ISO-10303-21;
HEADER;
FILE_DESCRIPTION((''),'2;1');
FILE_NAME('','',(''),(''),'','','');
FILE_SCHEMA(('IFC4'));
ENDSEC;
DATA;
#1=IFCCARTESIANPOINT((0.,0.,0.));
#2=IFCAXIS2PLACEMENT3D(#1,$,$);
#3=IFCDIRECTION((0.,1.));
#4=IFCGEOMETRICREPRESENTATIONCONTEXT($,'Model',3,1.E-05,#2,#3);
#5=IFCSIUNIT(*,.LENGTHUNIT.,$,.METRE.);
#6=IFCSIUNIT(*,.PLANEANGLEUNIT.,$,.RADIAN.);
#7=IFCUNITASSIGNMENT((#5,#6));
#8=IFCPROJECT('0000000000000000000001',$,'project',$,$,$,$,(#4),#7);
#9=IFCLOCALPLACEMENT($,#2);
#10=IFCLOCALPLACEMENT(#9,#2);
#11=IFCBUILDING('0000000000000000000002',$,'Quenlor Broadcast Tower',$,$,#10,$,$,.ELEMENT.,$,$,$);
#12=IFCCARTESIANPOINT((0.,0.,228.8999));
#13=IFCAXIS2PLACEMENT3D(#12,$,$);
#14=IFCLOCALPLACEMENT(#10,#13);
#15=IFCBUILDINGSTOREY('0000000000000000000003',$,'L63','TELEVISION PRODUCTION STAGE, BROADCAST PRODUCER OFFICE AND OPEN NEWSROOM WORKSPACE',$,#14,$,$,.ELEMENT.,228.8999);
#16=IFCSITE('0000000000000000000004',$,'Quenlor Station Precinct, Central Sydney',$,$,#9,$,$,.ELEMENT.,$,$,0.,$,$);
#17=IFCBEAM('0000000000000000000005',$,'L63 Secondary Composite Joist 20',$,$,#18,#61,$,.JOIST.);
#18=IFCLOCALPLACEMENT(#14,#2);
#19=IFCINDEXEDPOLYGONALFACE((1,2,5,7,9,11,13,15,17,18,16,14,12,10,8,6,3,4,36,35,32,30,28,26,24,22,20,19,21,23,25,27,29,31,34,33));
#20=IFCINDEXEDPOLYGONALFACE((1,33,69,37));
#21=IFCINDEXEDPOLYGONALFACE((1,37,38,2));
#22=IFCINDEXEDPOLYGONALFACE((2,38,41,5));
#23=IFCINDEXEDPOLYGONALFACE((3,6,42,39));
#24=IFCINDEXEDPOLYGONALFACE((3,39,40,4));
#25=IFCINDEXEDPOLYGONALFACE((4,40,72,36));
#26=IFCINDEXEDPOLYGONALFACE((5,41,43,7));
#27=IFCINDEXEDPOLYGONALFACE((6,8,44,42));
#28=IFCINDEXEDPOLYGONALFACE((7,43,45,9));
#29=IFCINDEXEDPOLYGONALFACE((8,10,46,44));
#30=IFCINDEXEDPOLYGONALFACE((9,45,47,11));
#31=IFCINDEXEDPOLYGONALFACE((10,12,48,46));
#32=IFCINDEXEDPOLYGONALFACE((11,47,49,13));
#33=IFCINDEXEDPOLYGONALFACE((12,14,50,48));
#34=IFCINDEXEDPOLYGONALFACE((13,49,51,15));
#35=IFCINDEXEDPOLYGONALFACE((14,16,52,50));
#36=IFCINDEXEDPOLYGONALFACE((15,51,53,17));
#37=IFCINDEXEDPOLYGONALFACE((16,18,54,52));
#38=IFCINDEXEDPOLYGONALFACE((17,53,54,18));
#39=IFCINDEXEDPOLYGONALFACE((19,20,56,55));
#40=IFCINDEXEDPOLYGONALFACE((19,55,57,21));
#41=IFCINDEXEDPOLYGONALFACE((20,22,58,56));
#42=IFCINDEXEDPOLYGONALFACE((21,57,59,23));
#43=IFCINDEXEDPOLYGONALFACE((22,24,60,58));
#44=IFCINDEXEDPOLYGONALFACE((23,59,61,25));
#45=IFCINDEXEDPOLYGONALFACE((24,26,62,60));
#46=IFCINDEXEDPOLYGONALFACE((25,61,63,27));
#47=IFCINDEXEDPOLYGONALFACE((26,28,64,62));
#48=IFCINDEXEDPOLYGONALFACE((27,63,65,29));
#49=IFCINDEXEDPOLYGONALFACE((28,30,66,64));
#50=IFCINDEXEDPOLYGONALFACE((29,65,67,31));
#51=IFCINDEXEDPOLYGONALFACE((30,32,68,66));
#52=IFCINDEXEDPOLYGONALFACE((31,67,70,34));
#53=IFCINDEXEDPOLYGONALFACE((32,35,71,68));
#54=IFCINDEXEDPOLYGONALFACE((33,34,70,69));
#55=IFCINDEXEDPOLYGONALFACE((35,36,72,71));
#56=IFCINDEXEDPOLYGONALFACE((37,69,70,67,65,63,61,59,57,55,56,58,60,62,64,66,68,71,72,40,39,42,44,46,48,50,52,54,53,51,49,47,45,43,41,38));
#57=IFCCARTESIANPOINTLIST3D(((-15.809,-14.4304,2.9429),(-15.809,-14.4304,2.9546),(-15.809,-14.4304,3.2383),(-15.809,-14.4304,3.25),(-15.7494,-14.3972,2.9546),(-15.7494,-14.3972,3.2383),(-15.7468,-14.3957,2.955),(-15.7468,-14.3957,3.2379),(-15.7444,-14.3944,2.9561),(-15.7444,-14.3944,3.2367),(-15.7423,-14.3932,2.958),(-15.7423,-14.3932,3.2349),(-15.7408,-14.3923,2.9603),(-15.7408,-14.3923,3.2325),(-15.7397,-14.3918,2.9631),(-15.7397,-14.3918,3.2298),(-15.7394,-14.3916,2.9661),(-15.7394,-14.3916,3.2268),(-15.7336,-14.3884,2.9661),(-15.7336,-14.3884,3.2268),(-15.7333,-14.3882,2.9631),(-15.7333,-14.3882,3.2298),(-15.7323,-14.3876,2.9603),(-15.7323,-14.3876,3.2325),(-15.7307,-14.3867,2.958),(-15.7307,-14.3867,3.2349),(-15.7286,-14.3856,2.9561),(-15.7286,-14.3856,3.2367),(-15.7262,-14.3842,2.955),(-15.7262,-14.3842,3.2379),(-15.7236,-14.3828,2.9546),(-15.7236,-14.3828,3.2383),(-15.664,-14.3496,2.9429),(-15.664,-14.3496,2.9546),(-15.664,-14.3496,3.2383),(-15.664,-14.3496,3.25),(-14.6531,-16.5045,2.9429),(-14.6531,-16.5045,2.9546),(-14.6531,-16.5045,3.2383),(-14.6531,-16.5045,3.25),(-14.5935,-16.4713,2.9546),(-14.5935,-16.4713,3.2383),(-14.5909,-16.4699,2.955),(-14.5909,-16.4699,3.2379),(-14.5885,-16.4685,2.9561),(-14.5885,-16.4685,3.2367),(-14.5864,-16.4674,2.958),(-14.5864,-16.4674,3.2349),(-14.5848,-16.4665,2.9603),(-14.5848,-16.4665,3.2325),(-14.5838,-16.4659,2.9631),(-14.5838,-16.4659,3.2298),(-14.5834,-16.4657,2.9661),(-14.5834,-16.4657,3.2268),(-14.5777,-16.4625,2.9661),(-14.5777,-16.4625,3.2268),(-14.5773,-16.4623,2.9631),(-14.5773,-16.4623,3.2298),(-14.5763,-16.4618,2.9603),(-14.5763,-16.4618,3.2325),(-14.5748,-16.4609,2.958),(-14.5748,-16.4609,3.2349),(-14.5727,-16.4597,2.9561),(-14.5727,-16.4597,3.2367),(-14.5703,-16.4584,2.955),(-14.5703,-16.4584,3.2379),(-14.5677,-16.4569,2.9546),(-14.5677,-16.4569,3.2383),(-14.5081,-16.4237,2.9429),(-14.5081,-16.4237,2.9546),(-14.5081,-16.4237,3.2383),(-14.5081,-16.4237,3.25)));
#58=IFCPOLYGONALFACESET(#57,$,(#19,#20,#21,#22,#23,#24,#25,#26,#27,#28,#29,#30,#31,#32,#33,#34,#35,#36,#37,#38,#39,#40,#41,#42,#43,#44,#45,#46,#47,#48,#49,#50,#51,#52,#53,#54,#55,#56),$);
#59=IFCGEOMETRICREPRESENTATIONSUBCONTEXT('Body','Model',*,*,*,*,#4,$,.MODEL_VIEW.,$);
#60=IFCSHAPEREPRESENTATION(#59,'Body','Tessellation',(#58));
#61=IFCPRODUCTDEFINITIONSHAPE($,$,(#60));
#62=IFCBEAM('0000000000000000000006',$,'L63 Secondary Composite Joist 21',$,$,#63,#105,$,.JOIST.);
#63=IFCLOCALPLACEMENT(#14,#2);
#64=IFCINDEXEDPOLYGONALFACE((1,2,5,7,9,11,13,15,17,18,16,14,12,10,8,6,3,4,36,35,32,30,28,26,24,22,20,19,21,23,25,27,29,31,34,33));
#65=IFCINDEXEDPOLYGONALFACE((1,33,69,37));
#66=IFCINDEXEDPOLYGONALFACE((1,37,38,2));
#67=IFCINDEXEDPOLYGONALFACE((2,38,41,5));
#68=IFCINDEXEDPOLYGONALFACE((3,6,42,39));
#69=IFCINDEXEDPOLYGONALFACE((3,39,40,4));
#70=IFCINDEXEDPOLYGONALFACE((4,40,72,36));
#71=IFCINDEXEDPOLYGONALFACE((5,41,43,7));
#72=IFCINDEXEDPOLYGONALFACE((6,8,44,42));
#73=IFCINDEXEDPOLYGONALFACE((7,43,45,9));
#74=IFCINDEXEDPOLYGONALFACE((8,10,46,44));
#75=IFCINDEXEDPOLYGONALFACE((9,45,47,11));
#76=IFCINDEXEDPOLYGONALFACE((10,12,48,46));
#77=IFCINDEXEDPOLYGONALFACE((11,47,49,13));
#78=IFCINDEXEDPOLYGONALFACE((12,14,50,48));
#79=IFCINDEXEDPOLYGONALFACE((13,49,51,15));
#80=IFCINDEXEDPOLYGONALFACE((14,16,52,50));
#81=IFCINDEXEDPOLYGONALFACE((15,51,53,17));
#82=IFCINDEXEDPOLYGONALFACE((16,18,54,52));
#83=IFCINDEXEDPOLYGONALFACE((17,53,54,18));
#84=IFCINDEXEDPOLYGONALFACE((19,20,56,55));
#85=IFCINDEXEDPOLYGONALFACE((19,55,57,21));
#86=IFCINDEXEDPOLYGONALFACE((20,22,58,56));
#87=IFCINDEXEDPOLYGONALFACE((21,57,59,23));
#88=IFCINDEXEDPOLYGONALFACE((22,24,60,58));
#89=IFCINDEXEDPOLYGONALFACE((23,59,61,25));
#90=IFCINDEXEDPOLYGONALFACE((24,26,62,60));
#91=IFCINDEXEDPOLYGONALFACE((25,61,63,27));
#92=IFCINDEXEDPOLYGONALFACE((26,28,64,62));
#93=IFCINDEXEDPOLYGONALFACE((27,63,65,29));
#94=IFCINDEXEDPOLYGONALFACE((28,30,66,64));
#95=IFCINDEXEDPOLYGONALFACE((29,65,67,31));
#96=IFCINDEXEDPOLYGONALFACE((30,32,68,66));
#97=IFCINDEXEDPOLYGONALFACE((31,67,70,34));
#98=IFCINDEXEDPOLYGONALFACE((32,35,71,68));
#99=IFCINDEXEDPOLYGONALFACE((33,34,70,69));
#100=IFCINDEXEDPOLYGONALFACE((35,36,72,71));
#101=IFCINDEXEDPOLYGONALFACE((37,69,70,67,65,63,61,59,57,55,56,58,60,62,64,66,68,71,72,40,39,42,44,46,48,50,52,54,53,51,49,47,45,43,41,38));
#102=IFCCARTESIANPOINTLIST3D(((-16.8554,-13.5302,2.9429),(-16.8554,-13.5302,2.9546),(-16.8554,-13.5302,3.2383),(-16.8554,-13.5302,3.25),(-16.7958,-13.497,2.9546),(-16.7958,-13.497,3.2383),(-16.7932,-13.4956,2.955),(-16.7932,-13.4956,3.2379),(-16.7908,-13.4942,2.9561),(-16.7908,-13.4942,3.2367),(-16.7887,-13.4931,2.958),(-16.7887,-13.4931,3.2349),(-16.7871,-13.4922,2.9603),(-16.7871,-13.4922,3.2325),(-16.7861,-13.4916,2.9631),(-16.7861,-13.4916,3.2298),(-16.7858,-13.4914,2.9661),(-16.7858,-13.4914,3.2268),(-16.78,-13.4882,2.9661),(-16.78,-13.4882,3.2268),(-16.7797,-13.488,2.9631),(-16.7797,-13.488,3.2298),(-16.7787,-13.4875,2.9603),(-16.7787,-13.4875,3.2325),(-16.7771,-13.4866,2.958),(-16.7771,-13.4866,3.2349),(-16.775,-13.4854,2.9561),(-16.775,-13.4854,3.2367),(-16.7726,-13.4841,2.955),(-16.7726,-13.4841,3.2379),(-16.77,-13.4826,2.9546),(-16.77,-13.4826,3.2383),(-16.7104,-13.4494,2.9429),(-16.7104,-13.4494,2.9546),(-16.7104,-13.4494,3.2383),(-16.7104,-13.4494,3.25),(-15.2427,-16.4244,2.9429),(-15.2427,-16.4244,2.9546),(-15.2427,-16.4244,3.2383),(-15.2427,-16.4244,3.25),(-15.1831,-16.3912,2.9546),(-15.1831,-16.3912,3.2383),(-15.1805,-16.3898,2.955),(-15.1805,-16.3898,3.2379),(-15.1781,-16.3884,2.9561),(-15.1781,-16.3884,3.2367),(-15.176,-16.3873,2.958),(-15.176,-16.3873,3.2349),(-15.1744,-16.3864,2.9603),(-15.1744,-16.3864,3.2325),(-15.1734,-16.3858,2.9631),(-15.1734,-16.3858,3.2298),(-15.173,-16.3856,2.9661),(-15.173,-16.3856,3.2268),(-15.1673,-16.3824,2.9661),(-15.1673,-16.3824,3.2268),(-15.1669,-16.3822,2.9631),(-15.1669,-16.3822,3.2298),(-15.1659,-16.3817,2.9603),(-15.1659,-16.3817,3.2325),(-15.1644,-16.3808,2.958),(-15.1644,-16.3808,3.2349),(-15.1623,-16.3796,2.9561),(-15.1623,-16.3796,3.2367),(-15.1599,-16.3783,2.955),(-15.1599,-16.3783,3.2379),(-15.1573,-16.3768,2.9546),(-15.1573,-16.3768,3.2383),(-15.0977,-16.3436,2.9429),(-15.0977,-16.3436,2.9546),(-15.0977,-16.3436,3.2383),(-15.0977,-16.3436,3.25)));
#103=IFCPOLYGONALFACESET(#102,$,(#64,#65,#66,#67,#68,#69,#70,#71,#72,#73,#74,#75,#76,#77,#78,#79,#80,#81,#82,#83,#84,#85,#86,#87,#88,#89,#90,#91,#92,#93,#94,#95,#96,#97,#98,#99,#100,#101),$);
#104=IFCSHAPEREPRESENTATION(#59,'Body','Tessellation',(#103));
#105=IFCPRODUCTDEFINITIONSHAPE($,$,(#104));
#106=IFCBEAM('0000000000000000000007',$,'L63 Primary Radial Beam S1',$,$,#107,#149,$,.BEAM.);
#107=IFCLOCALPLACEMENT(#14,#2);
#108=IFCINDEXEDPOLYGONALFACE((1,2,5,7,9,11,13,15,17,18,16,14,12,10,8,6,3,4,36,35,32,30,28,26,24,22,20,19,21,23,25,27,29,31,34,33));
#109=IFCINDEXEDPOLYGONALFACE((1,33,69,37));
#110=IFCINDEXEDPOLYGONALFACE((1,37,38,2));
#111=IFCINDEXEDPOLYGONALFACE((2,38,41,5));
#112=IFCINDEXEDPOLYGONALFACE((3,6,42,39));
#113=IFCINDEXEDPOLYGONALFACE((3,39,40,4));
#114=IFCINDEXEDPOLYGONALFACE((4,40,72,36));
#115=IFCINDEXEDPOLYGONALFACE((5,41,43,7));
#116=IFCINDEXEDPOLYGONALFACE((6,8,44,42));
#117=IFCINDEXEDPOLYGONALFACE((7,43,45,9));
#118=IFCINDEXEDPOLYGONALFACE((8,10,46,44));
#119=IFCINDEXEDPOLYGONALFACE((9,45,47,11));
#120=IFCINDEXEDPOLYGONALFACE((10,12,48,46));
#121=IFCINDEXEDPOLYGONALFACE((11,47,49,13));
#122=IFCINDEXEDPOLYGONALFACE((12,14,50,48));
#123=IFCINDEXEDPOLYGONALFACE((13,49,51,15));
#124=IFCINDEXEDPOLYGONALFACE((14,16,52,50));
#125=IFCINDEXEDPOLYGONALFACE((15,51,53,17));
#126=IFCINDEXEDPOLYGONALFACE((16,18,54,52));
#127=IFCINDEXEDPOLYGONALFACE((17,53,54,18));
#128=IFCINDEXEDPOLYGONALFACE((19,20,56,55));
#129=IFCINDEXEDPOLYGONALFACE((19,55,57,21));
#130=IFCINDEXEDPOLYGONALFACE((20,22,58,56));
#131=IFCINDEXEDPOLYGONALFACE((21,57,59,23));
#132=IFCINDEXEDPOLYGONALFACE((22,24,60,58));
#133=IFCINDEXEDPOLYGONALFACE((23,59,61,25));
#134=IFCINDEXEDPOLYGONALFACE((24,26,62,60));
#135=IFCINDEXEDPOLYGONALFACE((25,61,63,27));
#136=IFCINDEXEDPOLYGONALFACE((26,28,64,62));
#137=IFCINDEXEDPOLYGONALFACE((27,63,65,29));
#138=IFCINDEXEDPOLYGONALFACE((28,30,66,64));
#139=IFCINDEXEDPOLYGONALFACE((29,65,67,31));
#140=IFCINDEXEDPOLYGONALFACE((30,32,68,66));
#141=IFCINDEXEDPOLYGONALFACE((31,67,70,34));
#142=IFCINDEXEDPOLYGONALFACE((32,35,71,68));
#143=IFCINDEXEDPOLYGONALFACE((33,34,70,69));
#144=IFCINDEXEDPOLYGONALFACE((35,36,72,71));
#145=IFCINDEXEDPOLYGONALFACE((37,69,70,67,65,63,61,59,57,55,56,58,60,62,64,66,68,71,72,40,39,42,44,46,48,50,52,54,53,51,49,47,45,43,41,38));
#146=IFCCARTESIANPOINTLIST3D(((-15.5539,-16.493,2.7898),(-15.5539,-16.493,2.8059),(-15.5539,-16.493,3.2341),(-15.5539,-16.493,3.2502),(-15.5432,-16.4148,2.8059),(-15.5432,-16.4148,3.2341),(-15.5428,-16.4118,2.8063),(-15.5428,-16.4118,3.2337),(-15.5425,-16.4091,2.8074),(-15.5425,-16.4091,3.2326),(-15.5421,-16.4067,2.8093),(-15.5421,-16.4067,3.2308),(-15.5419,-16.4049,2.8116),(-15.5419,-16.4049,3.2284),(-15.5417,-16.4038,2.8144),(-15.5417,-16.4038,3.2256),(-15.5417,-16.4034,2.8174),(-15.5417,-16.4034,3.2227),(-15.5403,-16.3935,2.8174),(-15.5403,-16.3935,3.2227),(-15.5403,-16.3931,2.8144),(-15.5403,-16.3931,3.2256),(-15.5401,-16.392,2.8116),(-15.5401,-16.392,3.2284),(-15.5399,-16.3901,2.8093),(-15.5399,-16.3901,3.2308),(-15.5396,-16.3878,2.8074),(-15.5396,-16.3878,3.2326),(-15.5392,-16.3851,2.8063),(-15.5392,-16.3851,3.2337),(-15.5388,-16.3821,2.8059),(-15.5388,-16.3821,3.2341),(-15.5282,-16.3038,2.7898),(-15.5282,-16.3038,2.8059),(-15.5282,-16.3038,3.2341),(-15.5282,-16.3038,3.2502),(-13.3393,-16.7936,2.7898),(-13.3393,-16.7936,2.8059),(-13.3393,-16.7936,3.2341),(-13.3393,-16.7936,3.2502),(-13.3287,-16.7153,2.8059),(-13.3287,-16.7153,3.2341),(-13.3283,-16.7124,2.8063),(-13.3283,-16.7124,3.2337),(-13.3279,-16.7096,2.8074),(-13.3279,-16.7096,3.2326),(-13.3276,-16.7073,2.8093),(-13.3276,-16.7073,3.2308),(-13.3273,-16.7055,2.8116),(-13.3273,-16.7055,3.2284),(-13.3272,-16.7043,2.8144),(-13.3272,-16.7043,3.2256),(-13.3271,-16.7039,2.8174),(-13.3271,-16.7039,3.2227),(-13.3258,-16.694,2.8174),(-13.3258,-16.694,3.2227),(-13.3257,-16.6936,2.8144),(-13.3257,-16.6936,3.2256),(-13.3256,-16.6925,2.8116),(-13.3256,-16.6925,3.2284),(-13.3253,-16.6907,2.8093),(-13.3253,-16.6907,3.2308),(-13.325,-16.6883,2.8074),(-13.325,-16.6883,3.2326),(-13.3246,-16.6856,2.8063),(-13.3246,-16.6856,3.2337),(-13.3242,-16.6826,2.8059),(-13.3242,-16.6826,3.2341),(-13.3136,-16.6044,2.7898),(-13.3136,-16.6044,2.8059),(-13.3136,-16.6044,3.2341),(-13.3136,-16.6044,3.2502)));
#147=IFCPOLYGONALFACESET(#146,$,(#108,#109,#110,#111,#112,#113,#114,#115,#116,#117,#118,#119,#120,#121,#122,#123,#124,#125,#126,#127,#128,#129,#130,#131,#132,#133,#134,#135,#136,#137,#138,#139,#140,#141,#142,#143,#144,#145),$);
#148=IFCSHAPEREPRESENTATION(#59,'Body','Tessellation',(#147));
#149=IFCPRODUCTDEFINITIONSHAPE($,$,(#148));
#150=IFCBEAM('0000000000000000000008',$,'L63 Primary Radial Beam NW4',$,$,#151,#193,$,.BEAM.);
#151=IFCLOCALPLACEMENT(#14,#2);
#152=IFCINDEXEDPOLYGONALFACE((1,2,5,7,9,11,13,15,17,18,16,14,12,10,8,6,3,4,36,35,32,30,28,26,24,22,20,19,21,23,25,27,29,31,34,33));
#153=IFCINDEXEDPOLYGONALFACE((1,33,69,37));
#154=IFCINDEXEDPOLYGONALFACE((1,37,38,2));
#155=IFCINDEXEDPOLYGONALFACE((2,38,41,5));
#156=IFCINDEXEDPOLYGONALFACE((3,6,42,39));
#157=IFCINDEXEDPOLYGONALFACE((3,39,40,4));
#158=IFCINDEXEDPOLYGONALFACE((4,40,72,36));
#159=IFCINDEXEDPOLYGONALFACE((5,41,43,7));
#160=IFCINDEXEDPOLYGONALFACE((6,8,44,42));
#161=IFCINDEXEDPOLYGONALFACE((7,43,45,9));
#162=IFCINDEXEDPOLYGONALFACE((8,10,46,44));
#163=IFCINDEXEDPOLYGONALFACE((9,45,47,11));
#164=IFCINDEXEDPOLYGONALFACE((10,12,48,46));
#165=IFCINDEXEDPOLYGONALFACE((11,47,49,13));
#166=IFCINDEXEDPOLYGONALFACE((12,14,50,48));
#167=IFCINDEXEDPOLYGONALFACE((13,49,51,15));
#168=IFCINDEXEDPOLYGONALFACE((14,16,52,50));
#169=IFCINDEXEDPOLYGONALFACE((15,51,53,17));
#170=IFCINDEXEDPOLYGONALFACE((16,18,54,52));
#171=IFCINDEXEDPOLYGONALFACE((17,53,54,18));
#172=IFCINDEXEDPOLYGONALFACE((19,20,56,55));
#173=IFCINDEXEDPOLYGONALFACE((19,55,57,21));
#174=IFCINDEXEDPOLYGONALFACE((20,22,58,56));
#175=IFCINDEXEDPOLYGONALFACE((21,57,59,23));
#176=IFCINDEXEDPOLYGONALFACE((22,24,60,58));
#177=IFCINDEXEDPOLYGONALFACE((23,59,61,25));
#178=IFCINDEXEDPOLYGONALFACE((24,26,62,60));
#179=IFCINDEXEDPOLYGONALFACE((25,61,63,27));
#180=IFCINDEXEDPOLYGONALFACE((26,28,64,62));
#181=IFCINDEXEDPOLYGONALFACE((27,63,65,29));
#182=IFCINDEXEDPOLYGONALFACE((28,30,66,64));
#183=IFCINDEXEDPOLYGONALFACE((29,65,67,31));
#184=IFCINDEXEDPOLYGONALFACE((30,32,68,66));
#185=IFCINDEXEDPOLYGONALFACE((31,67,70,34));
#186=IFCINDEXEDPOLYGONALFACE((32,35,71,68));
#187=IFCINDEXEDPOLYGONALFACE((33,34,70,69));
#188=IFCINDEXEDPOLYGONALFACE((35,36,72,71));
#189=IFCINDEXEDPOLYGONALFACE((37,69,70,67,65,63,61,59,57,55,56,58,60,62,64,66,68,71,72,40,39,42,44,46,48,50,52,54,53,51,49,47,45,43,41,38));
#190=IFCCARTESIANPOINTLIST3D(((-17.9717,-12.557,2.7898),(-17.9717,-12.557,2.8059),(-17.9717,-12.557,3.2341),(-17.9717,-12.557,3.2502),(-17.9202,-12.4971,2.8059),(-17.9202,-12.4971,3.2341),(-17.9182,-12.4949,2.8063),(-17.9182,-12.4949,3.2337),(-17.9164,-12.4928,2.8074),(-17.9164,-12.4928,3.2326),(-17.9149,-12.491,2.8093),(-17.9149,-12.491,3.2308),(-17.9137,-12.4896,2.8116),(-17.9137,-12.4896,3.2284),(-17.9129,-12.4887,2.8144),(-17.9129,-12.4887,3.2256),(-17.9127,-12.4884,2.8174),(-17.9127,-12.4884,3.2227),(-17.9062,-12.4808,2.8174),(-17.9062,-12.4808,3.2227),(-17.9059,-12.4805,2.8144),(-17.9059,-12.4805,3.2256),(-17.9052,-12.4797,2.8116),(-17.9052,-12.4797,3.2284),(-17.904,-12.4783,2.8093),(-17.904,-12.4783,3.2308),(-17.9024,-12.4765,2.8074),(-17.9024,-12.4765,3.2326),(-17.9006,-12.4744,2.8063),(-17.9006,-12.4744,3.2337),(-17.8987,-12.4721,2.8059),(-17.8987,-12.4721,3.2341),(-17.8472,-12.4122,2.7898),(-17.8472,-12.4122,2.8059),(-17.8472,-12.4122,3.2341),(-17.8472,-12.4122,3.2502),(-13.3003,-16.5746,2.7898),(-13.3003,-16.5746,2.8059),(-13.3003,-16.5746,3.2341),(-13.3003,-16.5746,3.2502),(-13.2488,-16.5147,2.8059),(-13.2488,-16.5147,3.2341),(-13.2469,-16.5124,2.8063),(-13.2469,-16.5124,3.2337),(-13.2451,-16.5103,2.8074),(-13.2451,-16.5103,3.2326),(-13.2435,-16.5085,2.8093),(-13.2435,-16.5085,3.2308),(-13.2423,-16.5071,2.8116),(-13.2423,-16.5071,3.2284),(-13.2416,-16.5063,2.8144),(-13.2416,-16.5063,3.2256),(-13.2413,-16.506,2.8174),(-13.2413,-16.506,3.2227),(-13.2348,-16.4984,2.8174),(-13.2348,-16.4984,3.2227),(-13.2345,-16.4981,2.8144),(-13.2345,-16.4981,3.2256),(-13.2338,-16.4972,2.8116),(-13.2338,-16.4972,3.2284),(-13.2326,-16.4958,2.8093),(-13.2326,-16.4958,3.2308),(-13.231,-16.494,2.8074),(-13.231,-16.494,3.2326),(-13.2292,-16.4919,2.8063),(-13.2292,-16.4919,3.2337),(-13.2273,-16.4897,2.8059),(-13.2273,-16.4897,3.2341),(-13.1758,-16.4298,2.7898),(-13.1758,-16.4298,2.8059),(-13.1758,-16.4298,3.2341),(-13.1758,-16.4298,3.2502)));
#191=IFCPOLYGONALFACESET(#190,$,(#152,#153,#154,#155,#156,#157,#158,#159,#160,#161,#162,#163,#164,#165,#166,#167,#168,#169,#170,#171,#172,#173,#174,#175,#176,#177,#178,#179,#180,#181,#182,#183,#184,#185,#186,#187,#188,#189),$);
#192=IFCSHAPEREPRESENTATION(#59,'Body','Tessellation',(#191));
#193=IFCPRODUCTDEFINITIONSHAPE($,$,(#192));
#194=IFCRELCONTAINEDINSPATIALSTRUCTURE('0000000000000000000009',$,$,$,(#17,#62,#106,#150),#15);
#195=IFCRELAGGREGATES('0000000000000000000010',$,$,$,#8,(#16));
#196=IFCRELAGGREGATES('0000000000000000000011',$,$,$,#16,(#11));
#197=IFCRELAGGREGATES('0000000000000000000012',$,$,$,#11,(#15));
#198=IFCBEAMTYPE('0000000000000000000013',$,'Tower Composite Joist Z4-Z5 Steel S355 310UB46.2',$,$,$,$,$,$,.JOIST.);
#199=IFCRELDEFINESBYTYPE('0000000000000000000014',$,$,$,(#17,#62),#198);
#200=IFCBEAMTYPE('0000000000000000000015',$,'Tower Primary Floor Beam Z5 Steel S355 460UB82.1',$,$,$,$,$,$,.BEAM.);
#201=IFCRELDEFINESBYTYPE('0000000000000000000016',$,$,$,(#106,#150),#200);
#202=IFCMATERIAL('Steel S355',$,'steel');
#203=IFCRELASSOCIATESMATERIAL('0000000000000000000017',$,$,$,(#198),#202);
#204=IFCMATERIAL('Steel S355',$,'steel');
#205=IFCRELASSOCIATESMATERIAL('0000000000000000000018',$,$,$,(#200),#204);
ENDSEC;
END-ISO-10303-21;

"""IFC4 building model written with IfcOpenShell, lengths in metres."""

from ifc_helpers import new_model, si_unit, direction, frame, origin, origin_2d, place, context, subcontext, project, spatial, i_section, extrude, material, material_profile, profile_set, type_object, element, save


model = new_model("IFC4")

# Units and contexts
model_context = context("Model", 3, precision=1e-05, world=origin(), true_north=direction((0.0, 1.0)))
body_context = subcontext(model_context, "Body", "Model", "MODEL_VIEW")
ifc_project = project(units=[si_unit("LENGTHUNIT", "METRE"), si_unit("PLANEANGLEUNIT", "RADIAN")], contexts=[model_context])

# Site, building, storey
site_placement = place(None, origin())
site = spatial("IfcSite", under=ifc_project, at=site_placement, Name="Quenlor Station Precinct, Central Sydney", CompositionType="ELEMENT", RefElevation=0.0)
building_placement = place(site_placement, origin())
building = spatial("IfcBuilding", under=site, at=building_placement, Name="Quenlor Broadcast Tower", CompositionType="ELEMENT")
storey_placement = place(building_placement, frame((0.0, 0.0, 228.8999)))
storey = spatial("IfcBuildingStorey", under=building, at=storey_placement, Name="L63", Description="TELEVISION PRODUCTION STAGE, BROADCAST PRODUCER OFFICE AND OPEN NEWSROOM WORKSPACE", CompositionType="ELEMENT", Elevation=228.8999)

# Beams
ifc_material_1 = material(Name="Steel S355", Category="steel")
ifc_material_profile_1 = material_profile(ifc_material_1, i_section(OverallWidth=0.166, OverallDepth=0.3071, WebThickness=0.0066, FlangeThickness=0.0117, FilletRadius=0.0115, at=origin_2d()))
ifc_profile_set_1 = profile_set([ifc_material_profile_1], Name="Steel S355 310UB46.2")
beam_type_1 = type_object("IfcBeamType", Name="Tower Composite Joist Z4-Z5 Steel S355 310UB46.2", PredefinedType="JOIST", material=ifc_profile_set_1)
beam_1_placement = place(storey_placement, frame((-14.5806, -16.4641, 3.0964), z_axis=(-0.486821, 0.873502, 0.0), x_axis=(-0.873502, -0.486821, 0.0)))
element("IfcBeam", 1, at=beam_1_placement, inside=storey, type_object=beam_type_1, Name="L63 Secondary Composite Joist 20", PredefinedType="JOIST", context=body_context, shape_type="SweptSolid", body=[
    extrude(i_section(OverallWidth=0.166, OverallDepth=0.3071, WebThickness=0.0066, FlangeThickness=0.0117, FilletRadius=0.0115, at=origin_2d()), origin(), (0.0, 0.0, 1.0), 2.3745),
])
beam_2_placement = place(storey_placement, frame((-15.1702, -16.384, 3.0964), z_axis=(-0.486762, 0.873534, 0.0), x_axis=(-0.873534, -0.486762, 0.0)))
element("IfcBeam", 2, at=beam_2_placement, inside=storey, type_object=beam_type_1, Name="L63 Secondary Composite Joist 21", PredefinedType="JOIST", context=body_context, shape_type="SweptSolid", body=[
    extrude(i_section(OverallWidth=0.166, OverallDepth=0.3071, WebThickness=0.0066, FlangeThickness=0.0117, FilletRadius=0.0115, at=origin_2d()), origin(), (0.0, 0.0, 1.0), 3.3132),
])
ifc_material_2 = material(Name="Steel S355", Category="steel")
ifc_material_profile_2 = material_profile(ifc_material_2, i_section(OverallWidth=0.1909, OverallDepth=0.4604, WebThickness=0.01, FlangeThickness=0.0161, FilletRadius=0.0115, at=origin_2d()))
ifc_profile_set_2 = profile_set([ifc_material_profile_2], Name="Steel S355 460UB82.1")
beam_type_2 = type_object("IfcBeamType", Name="Tower Primary Floor Beam Z5 Steel S355 460UB82.1", PredefinedType="BEAM", material=ifc_profile_set_2)
beam_3_placement = place(storey_placement, frame((-15.541, -16.3984, 3.02), z_axis=(0.990917, -0.134475, 0.0), x_axis=(0.134475, 0.990917, 0.0)))
element("IfcBeam", 3, at=beam_3_placement, inside=storey, type_object=beam_type_2, Name="L63 Primary Radial Beam S1", PredefinedType="BEAM", context=body_context, shape_type="SweptSolid", body=[
    extrude(i_section(OverallWidth=0.1909, OverallDepth=0.4604, WebThickness=0.01, FlangeThickness=0.0161, FilletRadius=0.0115, at=origin_2d()), origin(), (0.0, 0.0, 1.0), 2.2349),
])
beam_4_placement = place(storey_placement, frame((-17.9094, -12.4846, 3.02), z_axis=(0.75817, -0.652057, 0.0), x_axis=(0.652057, 0.75817, 0.0)))
element("IfcBeam", 4, at=beam_4_placement, inside=storey, type_object=beam_type_2, Name="L63 Primary Radial Beam NW4", PredefinedType="BEAM", context=body_context, shape_type="SweptSolid", body=[
    extrude(i_section(OverallWidth=0.1909, OverallDepth=0.4604, WebThickness=0.01, FlangeThickness=0.0161, FilletRadius=0.0115, at=origin_2d()), origin(), (0.0, 0.0, 1.0), 6.1614),
])

save(model, "model.ifc")
